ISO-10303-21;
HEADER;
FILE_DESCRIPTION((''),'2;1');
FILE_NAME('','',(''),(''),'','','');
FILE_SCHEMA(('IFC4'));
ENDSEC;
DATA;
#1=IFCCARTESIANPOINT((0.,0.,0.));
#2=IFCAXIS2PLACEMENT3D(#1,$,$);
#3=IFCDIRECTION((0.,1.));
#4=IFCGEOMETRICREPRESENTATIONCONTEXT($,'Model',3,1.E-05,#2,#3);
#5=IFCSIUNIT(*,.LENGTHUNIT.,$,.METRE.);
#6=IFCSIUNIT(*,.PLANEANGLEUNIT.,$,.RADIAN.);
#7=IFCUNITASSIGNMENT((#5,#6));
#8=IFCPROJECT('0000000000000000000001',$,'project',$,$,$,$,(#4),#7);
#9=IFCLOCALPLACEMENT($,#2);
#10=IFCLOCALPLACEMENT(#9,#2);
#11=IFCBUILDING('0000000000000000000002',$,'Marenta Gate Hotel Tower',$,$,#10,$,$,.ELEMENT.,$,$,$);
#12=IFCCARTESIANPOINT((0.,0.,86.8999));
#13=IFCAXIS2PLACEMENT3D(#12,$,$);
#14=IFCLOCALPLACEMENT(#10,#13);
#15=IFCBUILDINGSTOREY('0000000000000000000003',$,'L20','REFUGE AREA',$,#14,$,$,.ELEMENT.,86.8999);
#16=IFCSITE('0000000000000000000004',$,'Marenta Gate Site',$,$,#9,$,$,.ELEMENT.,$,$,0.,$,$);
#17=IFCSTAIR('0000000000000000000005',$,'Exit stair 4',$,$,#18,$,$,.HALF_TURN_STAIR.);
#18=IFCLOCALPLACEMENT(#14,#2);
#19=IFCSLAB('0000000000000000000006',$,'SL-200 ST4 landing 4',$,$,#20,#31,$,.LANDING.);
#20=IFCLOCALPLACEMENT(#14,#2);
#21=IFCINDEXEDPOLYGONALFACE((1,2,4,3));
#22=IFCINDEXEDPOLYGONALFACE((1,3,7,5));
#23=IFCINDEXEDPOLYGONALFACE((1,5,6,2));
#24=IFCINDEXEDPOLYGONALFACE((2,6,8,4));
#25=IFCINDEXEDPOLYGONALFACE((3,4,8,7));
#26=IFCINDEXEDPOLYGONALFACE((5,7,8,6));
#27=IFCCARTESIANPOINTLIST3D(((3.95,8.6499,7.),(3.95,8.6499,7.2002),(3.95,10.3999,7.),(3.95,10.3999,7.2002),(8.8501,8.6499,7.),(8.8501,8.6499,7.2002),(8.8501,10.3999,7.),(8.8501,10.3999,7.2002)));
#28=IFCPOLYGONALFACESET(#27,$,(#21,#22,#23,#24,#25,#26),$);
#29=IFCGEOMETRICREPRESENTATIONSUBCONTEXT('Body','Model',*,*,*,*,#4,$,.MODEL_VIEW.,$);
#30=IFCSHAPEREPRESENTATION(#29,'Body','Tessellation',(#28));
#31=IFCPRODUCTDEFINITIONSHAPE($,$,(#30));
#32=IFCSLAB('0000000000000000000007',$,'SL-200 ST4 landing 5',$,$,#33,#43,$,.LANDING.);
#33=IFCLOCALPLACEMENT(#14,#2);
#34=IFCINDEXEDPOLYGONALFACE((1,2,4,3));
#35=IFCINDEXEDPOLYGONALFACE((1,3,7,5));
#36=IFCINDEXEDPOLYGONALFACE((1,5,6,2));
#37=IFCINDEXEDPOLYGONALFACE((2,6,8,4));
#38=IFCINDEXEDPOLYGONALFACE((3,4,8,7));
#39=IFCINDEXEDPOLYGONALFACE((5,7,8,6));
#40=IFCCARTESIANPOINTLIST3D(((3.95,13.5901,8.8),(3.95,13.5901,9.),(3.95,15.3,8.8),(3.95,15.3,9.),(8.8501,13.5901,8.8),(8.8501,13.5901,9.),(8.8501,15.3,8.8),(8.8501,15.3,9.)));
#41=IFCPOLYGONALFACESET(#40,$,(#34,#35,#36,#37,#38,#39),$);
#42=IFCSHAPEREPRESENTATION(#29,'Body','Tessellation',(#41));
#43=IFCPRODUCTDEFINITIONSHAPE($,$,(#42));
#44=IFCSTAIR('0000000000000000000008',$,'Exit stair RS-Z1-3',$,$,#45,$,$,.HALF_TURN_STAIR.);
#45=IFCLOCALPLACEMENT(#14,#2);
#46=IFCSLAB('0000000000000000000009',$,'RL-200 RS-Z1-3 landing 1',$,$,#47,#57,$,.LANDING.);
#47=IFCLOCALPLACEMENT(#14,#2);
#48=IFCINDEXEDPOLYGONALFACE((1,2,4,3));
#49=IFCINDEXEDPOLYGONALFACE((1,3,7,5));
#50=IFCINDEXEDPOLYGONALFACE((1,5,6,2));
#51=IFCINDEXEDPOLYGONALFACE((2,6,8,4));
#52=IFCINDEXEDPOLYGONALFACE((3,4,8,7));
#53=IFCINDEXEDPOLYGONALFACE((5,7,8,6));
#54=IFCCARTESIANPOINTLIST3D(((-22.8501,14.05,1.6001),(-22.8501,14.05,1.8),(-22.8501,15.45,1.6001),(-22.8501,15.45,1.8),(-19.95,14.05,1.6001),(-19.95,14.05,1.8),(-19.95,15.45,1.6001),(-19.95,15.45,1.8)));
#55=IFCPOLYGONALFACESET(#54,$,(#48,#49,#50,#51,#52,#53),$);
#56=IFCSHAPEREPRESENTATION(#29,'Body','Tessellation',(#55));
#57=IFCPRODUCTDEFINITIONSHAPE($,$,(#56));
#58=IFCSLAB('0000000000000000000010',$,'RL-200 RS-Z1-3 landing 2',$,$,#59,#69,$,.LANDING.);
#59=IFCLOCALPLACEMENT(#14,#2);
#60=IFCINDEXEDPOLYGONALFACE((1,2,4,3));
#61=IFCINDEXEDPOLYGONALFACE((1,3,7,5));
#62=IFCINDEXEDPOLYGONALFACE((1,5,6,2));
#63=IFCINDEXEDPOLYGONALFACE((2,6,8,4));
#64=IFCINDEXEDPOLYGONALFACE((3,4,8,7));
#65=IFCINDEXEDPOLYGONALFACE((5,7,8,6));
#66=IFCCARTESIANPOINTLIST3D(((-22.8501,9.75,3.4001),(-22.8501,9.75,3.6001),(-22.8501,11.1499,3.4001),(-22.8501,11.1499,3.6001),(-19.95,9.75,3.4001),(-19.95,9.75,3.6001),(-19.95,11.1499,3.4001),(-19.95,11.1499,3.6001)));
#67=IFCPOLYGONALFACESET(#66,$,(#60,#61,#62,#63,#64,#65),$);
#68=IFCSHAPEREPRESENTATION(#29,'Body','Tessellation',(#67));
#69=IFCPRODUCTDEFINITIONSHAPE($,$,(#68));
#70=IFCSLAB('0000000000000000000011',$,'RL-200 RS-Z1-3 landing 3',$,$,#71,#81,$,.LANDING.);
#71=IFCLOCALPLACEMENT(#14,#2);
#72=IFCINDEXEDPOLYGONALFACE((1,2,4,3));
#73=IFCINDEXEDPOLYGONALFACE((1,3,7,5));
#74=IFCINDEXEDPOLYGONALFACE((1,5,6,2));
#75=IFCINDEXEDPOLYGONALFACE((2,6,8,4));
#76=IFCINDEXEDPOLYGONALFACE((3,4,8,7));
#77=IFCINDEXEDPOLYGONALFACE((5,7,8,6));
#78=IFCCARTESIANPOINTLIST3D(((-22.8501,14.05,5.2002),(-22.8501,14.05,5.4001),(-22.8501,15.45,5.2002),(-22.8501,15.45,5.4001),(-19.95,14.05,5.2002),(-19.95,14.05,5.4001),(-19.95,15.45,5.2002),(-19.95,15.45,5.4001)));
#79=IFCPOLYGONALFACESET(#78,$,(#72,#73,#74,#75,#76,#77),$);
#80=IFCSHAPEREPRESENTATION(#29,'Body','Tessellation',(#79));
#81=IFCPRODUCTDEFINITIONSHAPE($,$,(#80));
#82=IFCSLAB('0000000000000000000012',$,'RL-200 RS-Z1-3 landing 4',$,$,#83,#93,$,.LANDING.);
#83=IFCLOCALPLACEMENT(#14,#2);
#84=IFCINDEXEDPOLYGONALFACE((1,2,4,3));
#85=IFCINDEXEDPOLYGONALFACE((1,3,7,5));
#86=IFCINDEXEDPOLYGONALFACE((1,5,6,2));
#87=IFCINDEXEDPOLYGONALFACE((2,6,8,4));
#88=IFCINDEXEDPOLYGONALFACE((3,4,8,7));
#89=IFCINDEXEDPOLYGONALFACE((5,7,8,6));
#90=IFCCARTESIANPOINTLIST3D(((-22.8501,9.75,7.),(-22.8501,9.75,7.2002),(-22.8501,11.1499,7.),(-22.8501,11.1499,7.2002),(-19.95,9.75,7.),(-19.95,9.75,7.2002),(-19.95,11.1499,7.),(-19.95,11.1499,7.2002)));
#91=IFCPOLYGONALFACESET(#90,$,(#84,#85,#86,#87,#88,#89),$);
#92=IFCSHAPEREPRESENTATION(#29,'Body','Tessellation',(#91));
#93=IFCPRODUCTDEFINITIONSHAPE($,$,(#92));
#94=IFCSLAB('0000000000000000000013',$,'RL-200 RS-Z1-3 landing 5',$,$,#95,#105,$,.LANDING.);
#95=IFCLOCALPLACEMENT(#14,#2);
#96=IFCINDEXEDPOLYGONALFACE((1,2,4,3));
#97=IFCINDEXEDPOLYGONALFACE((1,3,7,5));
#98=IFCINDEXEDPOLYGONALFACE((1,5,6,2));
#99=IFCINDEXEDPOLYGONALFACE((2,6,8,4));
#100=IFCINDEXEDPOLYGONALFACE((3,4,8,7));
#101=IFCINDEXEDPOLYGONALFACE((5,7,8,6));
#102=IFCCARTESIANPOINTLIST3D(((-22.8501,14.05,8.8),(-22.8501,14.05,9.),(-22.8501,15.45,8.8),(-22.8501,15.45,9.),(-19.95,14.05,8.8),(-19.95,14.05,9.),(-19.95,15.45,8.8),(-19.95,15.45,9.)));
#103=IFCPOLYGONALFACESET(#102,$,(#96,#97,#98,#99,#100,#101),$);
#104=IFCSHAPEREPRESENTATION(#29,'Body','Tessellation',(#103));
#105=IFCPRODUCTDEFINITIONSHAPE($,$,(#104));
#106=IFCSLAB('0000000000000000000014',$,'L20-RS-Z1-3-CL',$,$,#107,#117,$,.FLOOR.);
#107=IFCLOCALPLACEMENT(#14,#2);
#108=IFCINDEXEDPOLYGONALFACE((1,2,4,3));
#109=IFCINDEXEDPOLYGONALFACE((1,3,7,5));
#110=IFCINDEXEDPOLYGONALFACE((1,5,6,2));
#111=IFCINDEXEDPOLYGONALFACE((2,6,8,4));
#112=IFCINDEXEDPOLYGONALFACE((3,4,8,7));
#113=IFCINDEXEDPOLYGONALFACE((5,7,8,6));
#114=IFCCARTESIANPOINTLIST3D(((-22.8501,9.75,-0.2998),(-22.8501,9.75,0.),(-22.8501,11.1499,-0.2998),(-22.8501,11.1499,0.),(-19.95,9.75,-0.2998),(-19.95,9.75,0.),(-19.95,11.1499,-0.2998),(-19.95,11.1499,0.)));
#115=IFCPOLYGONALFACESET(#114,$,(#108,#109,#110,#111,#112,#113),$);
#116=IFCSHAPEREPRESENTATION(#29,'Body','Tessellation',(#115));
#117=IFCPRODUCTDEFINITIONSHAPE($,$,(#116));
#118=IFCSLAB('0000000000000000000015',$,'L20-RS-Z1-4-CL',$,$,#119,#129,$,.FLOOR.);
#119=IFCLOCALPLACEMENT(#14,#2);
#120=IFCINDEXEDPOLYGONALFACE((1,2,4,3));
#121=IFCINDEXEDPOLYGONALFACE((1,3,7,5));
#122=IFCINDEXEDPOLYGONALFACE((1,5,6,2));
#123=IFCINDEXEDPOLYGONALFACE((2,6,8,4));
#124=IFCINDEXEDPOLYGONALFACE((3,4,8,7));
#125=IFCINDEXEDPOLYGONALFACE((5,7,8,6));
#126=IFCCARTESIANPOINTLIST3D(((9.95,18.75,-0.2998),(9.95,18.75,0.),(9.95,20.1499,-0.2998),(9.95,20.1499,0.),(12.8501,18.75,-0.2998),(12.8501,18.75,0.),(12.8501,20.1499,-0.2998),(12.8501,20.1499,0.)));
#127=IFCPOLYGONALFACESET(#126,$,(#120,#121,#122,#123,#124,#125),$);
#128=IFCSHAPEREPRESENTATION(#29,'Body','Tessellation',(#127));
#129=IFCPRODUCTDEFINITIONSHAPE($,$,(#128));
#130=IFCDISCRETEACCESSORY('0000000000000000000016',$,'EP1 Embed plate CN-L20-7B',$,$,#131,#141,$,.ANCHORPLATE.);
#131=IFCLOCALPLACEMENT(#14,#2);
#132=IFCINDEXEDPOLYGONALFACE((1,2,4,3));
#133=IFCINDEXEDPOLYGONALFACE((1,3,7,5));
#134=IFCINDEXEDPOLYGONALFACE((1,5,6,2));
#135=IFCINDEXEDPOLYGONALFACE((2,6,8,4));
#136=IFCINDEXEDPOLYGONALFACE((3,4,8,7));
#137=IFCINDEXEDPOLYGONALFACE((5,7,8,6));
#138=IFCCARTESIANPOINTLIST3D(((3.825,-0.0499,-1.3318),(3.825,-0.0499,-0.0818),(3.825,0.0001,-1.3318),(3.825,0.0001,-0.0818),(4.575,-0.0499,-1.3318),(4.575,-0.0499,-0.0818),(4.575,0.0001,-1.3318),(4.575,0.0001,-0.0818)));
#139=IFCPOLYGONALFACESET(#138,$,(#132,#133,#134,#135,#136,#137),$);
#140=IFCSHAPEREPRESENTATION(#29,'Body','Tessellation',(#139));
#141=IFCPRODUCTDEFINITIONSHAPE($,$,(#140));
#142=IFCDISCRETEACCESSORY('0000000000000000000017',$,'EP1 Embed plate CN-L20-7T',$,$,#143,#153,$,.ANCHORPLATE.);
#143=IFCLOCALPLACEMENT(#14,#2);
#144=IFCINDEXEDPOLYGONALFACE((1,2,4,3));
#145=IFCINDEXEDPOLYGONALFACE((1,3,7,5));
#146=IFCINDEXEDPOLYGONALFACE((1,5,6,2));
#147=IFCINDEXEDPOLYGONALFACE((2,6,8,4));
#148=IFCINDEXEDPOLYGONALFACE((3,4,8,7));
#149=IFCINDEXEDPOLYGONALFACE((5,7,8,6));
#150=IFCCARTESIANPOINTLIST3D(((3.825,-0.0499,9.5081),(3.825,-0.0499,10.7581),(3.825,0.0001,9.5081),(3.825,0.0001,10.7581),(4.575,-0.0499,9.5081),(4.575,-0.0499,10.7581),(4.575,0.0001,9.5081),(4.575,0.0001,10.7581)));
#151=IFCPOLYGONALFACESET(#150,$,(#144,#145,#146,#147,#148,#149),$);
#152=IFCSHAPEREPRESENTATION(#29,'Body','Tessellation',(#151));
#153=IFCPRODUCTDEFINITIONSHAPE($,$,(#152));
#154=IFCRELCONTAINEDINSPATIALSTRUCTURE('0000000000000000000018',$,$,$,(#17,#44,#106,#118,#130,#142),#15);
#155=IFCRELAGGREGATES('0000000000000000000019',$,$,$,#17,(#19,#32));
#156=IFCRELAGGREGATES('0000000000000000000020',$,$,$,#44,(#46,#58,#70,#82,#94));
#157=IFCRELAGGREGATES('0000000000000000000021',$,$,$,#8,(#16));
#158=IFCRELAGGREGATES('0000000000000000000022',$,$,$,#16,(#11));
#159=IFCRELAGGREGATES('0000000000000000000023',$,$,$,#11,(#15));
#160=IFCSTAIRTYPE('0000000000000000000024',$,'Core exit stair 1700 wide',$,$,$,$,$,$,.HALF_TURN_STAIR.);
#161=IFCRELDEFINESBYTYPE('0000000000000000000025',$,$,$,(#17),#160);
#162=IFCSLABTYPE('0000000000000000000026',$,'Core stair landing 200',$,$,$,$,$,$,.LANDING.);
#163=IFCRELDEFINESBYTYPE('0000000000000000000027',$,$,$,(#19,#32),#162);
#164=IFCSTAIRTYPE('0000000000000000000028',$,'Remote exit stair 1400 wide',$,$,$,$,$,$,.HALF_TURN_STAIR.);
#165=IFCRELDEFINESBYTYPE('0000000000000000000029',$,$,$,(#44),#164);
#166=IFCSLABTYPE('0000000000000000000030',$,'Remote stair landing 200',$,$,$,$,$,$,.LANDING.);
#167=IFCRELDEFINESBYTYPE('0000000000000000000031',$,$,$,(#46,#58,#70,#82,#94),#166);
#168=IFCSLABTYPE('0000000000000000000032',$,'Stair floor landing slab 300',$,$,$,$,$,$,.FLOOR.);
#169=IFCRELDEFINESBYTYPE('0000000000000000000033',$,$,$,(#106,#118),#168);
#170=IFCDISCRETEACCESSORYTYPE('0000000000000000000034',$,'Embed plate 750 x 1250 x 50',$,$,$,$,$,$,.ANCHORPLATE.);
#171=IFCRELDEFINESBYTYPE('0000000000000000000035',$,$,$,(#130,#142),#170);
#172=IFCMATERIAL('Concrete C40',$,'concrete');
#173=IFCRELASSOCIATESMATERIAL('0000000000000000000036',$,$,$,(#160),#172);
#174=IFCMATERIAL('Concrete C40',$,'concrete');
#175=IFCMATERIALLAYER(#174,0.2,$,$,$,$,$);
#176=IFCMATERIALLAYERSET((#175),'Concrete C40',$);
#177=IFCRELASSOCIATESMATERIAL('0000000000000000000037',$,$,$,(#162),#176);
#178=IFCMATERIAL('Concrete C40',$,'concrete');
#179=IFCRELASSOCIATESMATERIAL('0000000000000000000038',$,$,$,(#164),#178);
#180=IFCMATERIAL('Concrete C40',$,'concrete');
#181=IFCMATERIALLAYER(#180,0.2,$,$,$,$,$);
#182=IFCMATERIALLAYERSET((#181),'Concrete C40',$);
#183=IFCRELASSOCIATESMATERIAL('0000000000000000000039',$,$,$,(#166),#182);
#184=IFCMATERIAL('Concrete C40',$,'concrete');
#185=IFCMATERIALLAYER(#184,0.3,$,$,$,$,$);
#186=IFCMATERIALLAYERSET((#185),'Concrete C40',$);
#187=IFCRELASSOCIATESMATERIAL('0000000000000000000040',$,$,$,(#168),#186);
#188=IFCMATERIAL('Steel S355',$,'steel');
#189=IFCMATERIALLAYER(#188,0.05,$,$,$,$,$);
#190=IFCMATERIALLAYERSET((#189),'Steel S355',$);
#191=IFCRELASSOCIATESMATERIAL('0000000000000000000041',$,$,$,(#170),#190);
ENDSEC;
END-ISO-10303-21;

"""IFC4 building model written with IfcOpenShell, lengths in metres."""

from ifc_helpers import new_model, si_unit, direction, frame, origin, origin_2d, place, context, subcontext, project, spatial, polyline, rectangle, outline, extrude, material, layer, layer_set, type_object, element, aggregate, save


model = new_model("IFC4")

# Units and contexts
model_context = context("Model", 3, precision=1e-05, world=origin(), true_north=direction((0.0, 1.0)))
body_context = subcontext(model_context, "Body", "Model", "MODEL_VIEW")
ifc_project = project(units=[si_unit("LENGTHUNIT", "METRE"), si_unit("PLANEANGLEUNIT", "RADIAN")], contexts=[model_context])

# Site, building, storey
site_placement = place(None, origin())
site = spatial("IfcSite", under=ifc_project, at=site_placement, Name="Marenta Gate Site", CompositionType="ELEMENT", RefElevation=0.0)
building_placement = place(site_placement, origin())
building = spatial("IfcBuilding", under=site, at=building_placement, Name="Marenta Gate Hotel Tower", CompositionType="ELEMENT")
storey_placement = place(building_placement, frame((0.0, 0.0, 86.8999)))
storey = spatial("IfcBuildingStorey", under=building, at=storey_placement, Name="L20", Description="REFUGE AREA", CompositionType="ELEMENT", Elevation=86.8999)

# Stairs, slabs
ifc_material_1 = material(Name="Concrete C40", Category="concrete")
stair_type_1 = type_object("IfcStairType", Name="Core exit stair 1700 wide", PredefinedType="HALF_TURN_STAIR", material=ifc_material_1)
stair_1_placement = place(storey_placement, origin())
stair_1 = element("IfcStair", 1, at=stair_1_placement, inside=storey, type_object=stair_type_1, Name="Exit stair 4", PredefinedType="HALF_TURN_STAIR")
ifc_material_2 = material(Name="Concrete C40", Category="concrete")
ifc_layer_1 = layer(ifc_material_2, 0.2)
ifc_layer_set_1 = layer_set([ifc_layer_1], Name="Concrete C40")
slab_type_1 = type_object("IfcSlabType", Name="Core stair landing 200", PredefinedType="LANDING", material=ifc_layer_set_1)
slab_1_placement = place(storey_placement, frame((0.0, 0.0, 7.0)))
slab_1 = element("IfcSlab", 2, at=slab_1_placement, type_object=slab_type_1, Name="SL-200 ST4 landing 4", PredefinedType="LANDING", context=body_context, shape_type="SweptSolid", body=[
    extrude(outline(polyline([(3.95, 8.6499), (8.8501, 8.6499), (8.8501, 10.3999), (3.95, 10.3999), (3.95, 8.6499)])), origin(), (0.0, 0.0, 1.0), 0.2002),
])
slab_2_placement = place(storey_placement, frame((0.0, 0.0, 8.8)))
slab_2 = element("IfcSlab", 3, at=slab_2_placement, type_object=slab_type_1, Name="SL-200 ST4 landing 5", PredefinedType="LANDING", context=body_context, shape_type="SweptSolid", body=[
    extrude(outline(polyline([(3.95, 13.5901), (8.8501, 13.5901), (8.8501, 15.3), (3.95, 15.3), (3.95, 13.5901)])), origin(), (0.0, 0.0, 1.0), 0.2),
])
aggregate(stair_1, [slab_1, slab_2])
ifc_material_3 = material(Name="Concrete C40", Category="concrete")
stair_type_2 = type_object("IfcStairType", Name="Remote exit stair 1400 wide", PredefinedType="HALF_TURN_STAIR", material=ifc_material_3)
stair_2_placement = place(storey_placement, origin())
stair_2 = element("IfcStair", 4, at=stair_2_placement, inside=storey, type_object=stair_type_2, Name="Exit stair RS-Z1-3", PredefinedType="HALF_TURN_STAIR")
ifc_material_4 = material(Name="Concrete C40", Category="concrete")
ifc_layer_2 = layer(ifc_material_4, 0.2)
ifc_layer_set_2 = layer_set([ifc_layer_2], Name="Concrete C40")
slab_type_2 = type_object("IfcSlabType", Name="Remote stair landing 200", PredefinedType="LANDING", material=ifc_layer_set_2)
slab_3_placement = place(storey_placement, frame((0.0, 0.0, 1.6001)))
slab_3 = element("IfcSlab", 5, at=slab_3_placement, type_object=slab_type_2, Name="RL-200 RS-Z1-3 landing 1", PredefinedType="LANDING", context=body_context, shape_type="SweptSolid", body=[
    extrude(outline(polyline([(-22.8501, 14.05), (-19.95, 14.05), (-19.95, 15.45), (-22.8501, 15.45), (-22.8501, 14.05)])), origin(), (0.0, 0.0, 1.0), 0.2),
])
slab_4_placement = place(storey_placement, frame((0.0, 0.0, 3.4001)))
slab_4 = element("IfcSlab", 6, at=slab_4_placement, type_object=slab_type_2, Name="RL-200 RS-Z1-3 landing 2", PredefinedType="LANDING", context=body_context, shape_type="SweptSolid", body=[
    extrude(outline(polyline([(-22.8501, 9.75), (-19.95, 9.75), (-19.95, 11.1499), (-22.8501, 11.1499), (-22.8501, 9.75)])), origin(), (0.0, 0.0, 1.0), 0.2),
])
slab_5_placement = place(storey_placement, frame((0.0, 0.0, 5.2002)))
slab_5 = element("IfcSlab", 7, at=slab_5_placement, type_object=slab_type_2, Name="RL-200 RS-Z1-3 landing 3", PredefinedType="LANDING", context=body_context, shape_type="SweptSolid", body=[
    extrude(outline(polyline([(-22.8501, 14.05), (-19.95, 14.05), (-19.95, 15.45), (-22.8501, 15.45), (-22.8501, 14.05)])), origin(), (0.0, 0.0, 1.0), 0.2),
])
slab_6_placement = place(storey_placement, frame((0.0, 0.0, 7.0)))
slab_6 = element("IfcSlab", 8, at=slab_6_placement, type_object=slab_type_2, Name="RL-200 RS-Z1-3 landing 4", PredefinedType="LANDING", context=body_context, shape_type="SweptSolid", body=[
    extrude(outline(polyline([(-22.8501, 9.75), (-19.95, 9.75), (-19.95, 11.1499), (-22.8501, 11.1499), (-22.8501, 9.75)])), origin(), (0.0, 0.0, 1.0), 0.2002),
])
slab_7_placement = place(storey_placement, frame((0.0, 0.0, 8.8)))
slab_7 = element("IfcSlab", 9, at=slab_7_placement, type_object=slab_type_2, Name="RL-200 RS-Z1-3 landing 5", PredefinedType="LANDING", context=body_context, shape_type="SweptSolid", body=[
    extrude(outline(polyline([(-22.8501, 14.05), (-19.95, 14.05), (-19.95, 15.45), (-22.8501, 15.45), (-22.8501, 14.05)])), origin(), (0.0, 0.0, 1.0), 0.2),
])
aggregate(stair_2, [slab_3, slab_4, slab_5, slab_6, slab_7])

# Slabs
ifc_material_5 = material(Name="Concrete C40", Category="concrete")
ifc_layer_3 = layer(ifc_material_5, 0.3)
ifc_layer_set_3 = layer_set([ifc_layer_3], Name="Concrete C40")
slab_type_3 = type_object("IfcSlabType", Name="Stair floor landing slab 300", PredefinedType="FLOOR", material=ifc_layer_set_3)
slab_8_placement = place(storey_placement, frame((0.0, 0.0, -0.2998)))
element("IfcSlab", 10, at=slab_8_placement, inside=storey, type_object=slab_type_3, Name="L20-RS-Z1-3-CL", PredefinedType="FLOOR", context=body_context, shape_type="SweptSolid", body=[
    extrude(outline(polyline([(-19.95, 9.75), (-19.95, 11.1499), (-22.8501, 11.1499), (-22.8501, 9.75), (-19.95, 9.75)])), origin(), (0.0, 0.0, 1.0), 0.2998),
])
slab_9_placement = place(storey_placement, frame((0.0, 0.0, -0.2998)))
element("IfcSlab", 11, at=slab_9_placement, inside=storey, type_object=slab_type_3, Name="L20-RS-Z1-4-CL", PredefinedType="FLOOR", context=body_context, shape_type="SweptSolid", body=[
    extrude(outline(polyline([(12.8501, 18.75), (12.8501, 20.1499), (9.95, 20.1499), (9.95, 18.75), (12.8501, 18.75)])), origin(), (0.0, 0.0, 1.0), 0.2998),
])

# Discrete accessories
ifc_material_6 = material(Name="Steel S355", Category="steel")
ifc_layer_4 = layer(ifc_material_6, 0.05)
ifc_layer_set_4 = layer_set([ifc_layer_4], Name="Steel S355")
discrete_accessory_type = type_object("IfcDiscreteAccessoryType", Name="Embed plate 750 x 1250 x 50", PredefinedType="ANCHORPLATE", material=ifc_layer_set_4)
for number, where, z_axis, x_axis, name in (
    (12, (4.2, -0.0249, -1.3318), (0.0, 0.0, 1.0), (1.0, 0.0, 0.0), "EP1 Embed plate CN-L20-7B"),
    (13, (4.2, -0.0249, 9.5081), (0.0, 0.0, 1.0), (1.0, 0.0, 0.0), "EP1 Embed plate CN-L20-7T"),
):
    element("IfcDiscreteAccessory", number, at=place(storey_placement, frame(where, z_axis=z_axis, x_axis=x_axis)), inside=storey, type_object=discrete_accessory_type, Name=name, PredefinedType="ANCHORPLATE", context=body_context, shape_type="SweptSolid", body=[
        extrude(rectangle(XDim=0.75, YDim=0.05, at=origin_2d()), origin(), (0.0, 0.0, 1.0), 1.25),
    ])

save(model, "model.ifc")
